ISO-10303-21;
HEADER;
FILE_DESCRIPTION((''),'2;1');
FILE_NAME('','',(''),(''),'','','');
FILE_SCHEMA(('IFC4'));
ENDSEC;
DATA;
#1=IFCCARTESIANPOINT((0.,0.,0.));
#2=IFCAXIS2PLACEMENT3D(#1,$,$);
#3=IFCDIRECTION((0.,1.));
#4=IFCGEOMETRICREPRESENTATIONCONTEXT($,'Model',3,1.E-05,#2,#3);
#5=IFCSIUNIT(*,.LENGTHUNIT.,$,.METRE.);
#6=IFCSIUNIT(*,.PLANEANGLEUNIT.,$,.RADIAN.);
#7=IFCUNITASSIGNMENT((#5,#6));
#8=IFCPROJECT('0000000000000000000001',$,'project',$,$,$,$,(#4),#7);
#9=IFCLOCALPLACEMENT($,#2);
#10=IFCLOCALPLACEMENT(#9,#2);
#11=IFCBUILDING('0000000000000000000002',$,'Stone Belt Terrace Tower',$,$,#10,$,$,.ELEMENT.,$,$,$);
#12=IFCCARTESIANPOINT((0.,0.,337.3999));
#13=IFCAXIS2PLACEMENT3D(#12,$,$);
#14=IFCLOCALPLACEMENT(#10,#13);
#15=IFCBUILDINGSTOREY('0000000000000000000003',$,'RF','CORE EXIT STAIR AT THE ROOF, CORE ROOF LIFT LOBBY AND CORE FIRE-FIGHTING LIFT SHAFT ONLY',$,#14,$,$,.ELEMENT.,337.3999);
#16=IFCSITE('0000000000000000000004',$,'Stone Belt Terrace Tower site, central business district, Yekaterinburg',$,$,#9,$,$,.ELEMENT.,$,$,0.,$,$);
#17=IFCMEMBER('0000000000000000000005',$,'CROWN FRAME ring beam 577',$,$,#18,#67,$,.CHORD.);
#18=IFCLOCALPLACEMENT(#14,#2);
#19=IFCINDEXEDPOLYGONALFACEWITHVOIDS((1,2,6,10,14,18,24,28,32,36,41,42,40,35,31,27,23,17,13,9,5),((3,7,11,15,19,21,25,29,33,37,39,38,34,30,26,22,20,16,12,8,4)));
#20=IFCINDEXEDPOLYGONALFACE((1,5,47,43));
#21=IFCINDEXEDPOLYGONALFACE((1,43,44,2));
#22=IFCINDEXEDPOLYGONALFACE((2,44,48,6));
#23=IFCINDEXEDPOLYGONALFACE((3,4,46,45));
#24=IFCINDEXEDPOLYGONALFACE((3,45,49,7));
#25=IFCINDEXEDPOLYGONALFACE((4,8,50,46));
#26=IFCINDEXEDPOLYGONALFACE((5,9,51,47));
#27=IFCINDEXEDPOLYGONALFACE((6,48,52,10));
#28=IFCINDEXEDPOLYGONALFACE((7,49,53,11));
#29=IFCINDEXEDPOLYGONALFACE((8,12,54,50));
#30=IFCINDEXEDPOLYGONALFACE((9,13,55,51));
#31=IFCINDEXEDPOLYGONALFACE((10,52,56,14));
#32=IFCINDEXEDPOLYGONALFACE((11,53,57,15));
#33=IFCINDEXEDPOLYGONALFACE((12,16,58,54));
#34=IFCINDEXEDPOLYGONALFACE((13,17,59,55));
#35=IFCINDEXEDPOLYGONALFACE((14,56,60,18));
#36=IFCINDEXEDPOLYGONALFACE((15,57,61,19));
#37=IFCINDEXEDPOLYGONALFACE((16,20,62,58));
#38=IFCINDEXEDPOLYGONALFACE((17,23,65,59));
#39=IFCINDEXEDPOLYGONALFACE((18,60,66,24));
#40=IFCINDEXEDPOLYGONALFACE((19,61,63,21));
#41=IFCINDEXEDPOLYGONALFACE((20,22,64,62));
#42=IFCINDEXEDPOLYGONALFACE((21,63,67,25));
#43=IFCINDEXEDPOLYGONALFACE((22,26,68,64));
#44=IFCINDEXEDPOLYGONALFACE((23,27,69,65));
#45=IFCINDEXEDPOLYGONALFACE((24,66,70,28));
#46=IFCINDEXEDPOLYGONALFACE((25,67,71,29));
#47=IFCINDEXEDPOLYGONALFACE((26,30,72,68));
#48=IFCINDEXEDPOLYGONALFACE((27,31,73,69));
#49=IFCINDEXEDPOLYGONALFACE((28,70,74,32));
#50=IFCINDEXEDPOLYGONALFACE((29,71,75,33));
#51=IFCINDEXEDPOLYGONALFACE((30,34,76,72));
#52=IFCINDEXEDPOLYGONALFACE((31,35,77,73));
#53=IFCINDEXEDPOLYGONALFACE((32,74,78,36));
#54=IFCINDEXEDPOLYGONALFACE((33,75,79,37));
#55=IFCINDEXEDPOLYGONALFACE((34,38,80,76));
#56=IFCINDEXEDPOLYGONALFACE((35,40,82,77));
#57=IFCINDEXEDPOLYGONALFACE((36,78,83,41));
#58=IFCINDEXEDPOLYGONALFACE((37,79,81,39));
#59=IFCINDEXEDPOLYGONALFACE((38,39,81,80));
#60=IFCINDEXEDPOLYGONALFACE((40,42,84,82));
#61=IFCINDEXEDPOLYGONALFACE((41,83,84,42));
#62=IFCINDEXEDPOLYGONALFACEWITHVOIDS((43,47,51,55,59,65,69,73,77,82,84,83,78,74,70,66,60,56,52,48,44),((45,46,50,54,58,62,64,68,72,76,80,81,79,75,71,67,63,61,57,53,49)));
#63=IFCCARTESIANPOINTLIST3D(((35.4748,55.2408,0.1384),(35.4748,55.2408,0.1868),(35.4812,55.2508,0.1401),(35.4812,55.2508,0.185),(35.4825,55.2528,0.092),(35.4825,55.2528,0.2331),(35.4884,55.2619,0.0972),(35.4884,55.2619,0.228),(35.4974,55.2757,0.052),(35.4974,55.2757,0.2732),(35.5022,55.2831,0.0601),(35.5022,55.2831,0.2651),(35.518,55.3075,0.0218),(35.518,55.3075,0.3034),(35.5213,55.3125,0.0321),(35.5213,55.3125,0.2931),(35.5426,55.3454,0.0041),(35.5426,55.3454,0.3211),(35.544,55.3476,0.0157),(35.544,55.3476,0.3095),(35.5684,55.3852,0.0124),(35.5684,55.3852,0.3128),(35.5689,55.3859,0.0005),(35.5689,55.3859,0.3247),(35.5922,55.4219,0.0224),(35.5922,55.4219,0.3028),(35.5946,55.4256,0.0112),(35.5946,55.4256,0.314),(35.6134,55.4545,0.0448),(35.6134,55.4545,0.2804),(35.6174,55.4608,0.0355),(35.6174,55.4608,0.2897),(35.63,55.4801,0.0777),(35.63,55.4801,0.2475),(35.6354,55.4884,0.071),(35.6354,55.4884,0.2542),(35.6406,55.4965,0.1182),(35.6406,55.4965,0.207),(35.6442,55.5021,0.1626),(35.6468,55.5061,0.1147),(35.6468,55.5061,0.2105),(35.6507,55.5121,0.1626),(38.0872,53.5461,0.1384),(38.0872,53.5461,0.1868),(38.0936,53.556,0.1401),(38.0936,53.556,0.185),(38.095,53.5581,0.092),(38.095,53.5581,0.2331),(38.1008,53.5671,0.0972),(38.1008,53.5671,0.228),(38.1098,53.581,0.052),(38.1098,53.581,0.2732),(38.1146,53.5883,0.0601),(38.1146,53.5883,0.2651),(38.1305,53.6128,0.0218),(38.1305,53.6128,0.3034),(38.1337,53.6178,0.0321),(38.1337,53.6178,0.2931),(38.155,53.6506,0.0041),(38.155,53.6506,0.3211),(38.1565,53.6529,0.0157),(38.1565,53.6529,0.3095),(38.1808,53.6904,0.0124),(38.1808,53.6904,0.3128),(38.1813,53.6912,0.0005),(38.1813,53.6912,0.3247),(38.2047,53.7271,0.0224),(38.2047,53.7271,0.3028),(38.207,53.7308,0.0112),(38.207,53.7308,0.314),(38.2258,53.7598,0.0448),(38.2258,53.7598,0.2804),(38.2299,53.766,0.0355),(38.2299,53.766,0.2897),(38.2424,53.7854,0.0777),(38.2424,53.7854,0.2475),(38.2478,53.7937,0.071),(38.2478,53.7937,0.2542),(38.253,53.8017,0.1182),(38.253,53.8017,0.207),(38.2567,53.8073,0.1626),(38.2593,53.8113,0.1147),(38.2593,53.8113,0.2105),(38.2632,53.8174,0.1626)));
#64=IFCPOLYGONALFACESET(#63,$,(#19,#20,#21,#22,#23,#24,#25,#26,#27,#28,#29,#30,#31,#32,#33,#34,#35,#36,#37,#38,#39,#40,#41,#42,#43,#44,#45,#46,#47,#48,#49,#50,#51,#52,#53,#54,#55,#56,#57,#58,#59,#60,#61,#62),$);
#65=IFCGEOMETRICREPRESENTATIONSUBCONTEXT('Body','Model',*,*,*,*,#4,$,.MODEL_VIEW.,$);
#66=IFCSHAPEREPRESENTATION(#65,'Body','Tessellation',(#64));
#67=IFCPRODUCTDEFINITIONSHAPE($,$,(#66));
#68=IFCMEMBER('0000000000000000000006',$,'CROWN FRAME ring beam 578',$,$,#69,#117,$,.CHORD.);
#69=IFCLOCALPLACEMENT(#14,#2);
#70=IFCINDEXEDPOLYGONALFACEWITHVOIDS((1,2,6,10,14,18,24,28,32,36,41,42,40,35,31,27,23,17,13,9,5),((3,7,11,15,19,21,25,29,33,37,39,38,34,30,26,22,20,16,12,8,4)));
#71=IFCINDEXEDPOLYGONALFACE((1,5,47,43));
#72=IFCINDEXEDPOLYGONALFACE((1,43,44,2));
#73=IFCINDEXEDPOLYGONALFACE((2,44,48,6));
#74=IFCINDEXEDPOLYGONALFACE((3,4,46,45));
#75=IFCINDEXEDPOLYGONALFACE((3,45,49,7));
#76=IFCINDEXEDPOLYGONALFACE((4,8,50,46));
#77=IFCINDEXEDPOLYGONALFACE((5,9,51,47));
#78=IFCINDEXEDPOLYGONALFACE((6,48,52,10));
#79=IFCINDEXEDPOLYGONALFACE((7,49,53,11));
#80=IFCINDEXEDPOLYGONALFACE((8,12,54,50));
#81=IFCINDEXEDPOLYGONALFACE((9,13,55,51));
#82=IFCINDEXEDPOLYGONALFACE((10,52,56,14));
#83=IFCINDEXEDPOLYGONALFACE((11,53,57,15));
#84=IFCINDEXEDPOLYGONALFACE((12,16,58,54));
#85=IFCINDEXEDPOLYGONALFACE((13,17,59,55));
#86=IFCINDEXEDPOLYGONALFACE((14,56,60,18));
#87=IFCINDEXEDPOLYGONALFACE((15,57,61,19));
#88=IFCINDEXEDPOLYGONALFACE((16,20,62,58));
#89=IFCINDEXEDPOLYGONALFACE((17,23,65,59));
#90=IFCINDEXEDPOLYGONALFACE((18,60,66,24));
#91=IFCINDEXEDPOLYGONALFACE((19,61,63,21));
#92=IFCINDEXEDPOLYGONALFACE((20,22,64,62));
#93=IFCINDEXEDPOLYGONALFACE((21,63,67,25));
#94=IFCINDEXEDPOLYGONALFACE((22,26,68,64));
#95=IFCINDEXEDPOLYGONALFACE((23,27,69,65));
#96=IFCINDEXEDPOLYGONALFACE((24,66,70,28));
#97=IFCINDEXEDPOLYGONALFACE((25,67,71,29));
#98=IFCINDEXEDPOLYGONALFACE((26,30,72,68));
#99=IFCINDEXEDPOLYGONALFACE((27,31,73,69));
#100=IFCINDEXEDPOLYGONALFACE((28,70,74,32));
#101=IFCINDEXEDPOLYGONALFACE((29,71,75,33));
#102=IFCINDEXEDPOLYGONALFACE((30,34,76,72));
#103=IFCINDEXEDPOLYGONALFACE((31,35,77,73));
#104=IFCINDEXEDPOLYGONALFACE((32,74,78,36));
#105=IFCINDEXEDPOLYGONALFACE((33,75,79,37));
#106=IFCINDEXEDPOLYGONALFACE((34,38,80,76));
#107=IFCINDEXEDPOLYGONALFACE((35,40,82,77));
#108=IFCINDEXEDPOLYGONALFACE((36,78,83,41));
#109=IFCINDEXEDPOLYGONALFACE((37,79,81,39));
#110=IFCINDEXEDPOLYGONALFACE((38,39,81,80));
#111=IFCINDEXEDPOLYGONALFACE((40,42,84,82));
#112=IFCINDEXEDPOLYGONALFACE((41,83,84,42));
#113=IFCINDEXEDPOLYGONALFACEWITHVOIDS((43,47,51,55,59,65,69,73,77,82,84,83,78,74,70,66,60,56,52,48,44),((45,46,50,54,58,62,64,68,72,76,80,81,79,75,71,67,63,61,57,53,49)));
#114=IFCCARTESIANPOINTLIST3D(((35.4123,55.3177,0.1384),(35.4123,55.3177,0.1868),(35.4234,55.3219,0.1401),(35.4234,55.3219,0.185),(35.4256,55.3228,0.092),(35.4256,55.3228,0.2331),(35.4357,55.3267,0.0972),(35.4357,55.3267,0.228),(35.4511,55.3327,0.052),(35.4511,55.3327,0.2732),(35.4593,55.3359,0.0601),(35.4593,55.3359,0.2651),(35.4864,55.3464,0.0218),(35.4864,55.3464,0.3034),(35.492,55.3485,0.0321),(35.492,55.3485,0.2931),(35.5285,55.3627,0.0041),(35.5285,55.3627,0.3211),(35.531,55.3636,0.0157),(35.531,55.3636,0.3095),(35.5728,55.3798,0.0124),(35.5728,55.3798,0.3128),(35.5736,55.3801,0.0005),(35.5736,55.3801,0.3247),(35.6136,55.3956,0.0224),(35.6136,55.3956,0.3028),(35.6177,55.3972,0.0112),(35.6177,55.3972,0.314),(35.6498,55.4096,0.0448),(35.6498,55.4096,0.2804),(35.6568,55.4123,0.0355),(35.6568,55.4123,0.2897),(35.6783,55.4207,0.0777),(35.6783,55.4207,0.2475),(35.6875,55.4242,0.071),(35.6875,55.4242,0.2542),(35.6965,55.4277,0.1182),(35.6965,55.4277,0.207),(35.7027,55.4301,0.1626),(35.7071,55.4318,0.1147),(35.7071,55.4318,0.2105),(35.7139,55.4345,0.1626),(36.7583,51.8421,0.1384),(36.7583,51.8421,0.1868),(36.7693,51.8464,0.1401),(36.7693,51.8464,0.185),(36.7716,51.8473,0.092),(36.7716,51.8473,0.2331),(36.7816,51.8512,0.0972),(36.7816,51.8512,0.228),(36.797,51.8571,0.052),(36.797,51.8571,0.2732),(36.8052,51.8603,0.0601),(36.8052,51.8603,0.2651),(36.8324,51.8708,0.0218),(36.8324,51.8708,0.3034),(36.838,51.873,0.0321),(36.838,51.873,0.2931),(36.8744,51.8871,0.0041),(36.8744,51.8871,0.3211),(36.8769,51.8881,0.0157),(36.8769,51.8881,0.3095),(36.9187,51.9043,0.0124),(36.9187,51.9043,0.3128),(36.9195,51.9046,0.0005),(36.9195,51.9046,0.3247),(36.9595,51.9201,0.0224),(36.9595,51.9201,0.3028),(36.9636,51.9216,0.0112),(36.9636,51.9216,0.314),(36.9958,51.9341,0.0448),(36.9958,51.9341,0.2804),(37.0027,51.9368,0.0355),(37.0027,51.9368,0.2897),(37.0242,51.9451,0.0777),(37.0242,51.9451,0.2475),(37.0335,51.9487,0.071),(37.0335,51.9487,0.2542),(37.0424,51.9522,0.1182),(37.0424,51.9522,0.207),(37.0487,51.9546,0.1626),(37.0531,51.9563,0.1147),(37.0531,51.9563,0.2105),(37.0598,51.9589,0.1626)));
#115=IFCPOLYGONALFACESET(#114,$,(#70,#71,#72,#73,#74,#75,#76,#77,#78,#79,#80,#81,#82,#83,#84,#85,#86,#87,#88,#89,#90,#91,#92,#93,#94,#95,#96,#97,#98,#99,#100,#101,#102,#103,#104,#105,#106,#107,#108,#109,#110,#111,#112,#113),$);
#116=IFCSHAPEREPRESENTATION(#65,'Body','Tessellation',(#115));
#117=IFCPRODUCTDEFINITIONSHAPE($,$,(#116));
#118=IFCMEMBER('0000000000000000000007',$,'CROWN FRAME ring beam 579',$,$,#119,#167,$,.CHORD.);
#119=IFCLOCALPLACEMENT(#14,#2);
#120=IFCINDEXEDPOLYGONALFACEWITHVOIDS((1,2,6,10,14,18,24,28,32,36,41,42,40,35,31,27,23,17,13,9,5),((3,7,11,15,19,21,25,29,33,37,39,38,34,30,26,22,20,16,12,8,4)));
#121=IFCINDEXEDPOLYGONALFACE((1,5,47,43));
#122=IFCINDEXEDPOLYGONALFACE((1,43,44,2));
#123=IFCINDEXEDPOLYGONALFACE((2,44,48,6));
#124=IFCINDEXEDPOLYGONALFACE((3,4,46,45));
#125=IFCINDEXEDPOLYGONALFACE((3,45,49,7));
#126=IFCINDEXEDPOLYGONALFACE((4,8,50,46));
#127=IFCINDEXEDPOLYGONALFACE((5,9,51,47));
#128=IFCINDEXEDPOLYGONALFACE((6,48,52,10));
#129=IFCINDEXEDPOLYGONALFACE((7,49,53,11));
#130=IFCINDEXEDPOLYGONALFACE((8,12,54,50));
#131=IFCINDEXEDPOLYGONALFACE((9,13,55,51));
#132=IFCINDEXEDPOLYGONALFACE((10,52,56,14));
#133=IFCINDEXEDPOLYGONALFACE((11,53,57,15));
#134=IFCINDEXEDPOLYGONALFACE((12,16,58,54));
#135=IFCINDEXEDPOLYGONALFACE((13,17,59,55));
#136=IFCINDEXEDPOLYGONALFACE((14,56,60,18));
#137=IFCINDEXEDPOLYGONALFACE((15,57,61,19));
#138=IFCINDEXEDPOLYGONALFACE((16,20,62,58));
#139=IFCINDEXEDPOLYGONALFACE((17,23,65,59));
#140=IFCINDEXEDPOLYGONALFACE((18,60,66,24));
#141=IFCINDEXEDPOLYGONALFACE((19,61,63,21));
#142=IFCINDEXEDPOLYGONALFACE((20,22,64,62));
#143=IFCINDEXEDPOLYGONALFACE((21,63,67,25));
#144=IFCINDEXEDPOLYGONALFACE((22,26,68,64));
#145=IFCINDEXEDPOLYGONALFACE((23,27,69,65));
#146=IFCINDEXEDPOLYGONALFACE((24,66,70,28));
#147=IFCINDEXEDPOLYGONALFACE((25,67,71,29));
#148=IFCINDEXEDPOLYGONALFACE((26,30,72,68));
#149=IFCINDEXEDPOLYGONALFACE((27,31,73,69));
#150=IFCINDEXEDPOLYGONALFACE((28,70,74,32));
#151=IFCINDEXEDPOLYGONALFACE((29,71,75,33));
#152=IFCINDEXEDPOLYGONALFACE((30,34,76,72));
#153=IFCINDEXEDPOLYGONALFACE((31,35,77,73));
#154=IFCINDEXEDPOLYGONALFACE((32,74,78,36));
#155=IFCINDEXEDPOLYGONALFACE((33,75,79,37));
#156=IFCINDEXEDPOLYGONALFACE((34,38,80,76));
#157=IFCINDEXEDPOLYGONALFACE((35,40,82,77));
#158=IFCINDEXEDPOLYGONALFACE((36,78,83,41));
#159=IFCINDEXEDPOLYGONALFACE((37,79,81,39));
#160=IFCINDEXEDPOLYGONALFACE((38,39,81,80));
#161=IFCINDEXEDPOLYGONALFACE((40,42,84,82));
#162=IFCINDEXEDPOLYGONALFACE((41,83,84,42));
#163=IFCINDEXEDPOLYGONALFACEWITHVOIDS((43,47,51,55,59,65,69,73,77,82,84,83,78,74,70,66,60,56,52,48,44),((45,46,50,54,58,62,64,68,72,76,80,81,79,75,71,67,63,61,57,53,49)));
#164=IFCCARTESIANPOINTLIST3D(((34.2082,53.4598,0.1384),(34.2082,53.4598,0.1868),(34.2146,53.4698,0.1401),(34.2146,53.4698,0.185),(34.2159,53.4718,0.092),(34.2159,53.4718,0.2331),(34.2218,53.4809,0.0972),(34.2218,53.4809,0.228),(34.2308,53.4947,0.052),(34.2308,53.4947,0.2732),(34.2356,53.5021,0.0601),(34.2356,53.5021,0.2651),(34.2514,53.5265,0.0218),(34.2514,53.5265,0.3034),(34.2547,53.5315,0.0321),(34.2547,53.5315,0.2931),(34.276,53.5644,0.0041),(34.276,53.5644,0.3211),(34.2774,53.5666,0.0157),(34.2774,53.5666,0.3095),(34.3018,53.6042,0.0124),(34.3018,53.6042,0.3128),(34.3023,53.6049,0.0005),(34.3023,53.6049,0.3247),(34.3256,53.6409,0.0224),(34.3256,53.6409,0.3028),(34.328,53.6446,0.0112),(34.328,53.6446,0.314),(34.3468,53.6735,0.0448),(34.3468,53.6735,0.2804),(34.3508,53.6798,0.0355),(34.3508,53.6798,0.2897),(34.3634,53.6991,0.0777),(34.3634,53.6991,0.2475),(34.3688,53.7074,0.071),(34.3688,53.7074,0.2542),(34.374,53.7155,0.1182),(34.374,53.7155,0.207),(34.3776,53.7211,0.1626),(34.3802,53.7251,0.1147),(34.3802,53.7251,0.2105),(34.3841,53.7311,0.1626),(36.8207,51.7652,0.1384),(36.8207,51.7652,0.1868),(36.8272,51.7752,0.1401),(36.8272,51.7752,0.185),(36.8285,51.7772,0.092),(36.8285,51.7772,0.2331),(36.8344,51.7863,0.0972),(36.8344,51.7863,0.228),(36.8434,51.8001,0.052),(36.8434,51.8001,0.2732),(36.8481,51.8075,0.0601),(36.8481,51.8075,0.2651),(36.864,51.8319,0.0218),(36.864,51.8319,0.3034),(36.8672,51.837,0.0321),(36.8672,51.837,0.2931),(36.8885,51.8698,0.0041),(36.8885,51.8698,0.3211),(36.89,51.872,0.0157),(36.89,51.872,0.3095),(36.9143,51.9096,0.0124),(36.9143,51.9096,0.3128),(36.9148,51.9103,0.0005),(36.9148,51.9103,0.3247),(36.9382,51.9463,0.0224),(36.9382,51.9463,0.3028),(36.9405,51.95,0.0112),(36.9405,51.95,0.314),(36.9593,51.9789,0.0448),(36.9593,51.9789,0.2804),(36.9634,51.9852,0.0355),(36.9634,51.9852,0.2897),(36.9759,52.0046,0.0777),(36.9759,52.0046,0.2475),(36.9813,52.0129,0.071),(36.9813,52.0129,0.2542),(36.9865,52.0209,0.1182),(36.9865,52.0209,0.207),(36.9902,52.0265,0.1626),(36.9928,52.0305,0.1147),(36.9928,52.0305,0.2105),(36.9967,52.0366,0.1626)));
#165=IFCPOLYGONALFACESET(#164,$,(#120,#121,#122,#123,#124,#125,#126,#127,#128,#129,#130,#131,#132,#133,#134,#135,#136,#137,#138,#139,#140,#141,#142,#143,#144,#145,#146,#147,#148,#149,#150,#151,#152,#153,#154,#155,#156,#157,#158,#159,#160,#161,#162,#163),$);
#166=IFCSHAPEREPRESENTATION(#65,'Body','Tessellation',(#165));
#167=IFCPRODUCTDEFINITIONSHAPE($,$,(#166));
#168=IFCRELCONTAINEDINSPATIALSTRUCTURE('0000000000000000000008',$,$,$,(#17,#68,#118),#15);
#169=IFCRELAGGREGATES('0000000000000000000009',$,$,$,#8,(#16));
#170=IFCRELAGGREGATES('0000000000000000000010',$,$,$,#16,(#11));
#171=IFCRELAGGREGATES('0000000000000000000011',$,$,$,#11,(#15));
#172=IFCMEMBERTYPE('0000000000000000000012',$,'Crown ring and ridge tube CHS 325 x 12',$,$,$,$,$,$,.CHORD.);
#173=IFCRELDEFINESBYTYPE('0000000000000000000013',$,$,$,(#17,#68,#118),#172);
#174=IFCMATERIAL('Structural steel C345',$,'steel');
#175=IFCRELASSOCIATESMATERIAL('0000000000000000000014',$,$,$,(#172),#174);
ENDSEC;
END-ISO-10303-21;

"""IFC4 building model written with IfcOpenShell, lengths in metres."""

from ifc_helpers import new_model, si_unit, direction, frame, origin, origin_2d, place, context, subcontext, project, spatial, hollow_circle, extrude, material, material_profile, profile_set, type_object, element, save


model = new_model("IFC4")

# Units and contexts
model_context = context("Model", 3, precision=1e-05, world=origin(), true_north=direction((0.0, 1.0)))
body_context = subcontext(model_context, "Body", "Model", "MODEL_VIEW")
ifc_project = project(units=[si_unit("LENGTHUNIT", "METRE"), si_unit("PLANEANGLEUNIT", "RADIAN")], contexts=[model_context])

# Site, building, storey
site_placement = place(None, origin())
site = spatial("IfcSite", under=ifc_project, at=site_placement, Name="Stone Belt Terrace Tower site, central business district, Yekaterinburg", CompositionType="ELEMENT", RefElevation=0.0)
building_placement = place(site_placement, origin())
building = spatial("IfcBuilding", under=site, at=building_placement, Name="Stone Belt Terrace Tower", CompositionType="ELEMENT")
storey_placement = place(building_placement, frame((0.0, 0.0, 337.3999)))
storey = spatial("IfcBuildingStorey", under=building, at=storey_placement, Name="RF", Description="CORE EXIT STAIR AT THE ROOF, CORE ROOF LIFT LOBBY AND CORE FIRE-FIGHTING LIFT SHAFT ONLY", CompositionType="ELEMENT", Elevation=337.3999)

# Members
ifc_material_1 = material(Name="Structural steel C345", Category="steel")
ifc_material_profile_1 = material_profile(ifc_material_1, hollow_circle(Radius=0.1626, WallThickness=0.012, at=origin_2d()), Name="Structural steel C345 CHS 325x12")
ifc_profile_set_1 = profile_set([ifc_material_profile_1], Name="Structural steel C345")
member_type_1 = type_object("IfcMemberType", Name="Crown ring and ridge tube CHS 325 x 12", PredefinedType="CHORD", material=ifc_profile_set_1)
member_1_placement = place(storey_placement, frame((35.5623, 55.3757, 0.1626), z_axis=(0.838932, -0.544236, 0.0), x_axis=(0.544236, 0.838932, 0.0)))
element("IfcMember", 1, at=member_1_placement, inside=storey, type_object=member_type_1, Name="CROWN FRAME ring beam 577", PredefinedType="CHORD", context=body_context, shape_type="SweptSolid", body=[
    extrude(hollow_circle(Radius=0.1626, WallThickness=0.012, at=origin_2d()), origin(), (0.0, 0.0, 1.0), 3.114),
])
member_2_placement = place(storey_placement, frame((35.5623, 55.3757, 0.1626), z_axis=(0.361125, -0.932518, 0.0), x_axis=(0.932518, 0.361125, 0.0)))
element("IfcMember", 2, at=member_2_placement, inside=storey, type_object=member_type_1, Name="CROWN FRAME ring beam 578", PredefinedType="CHORD", context=body_context, shape_type="SweptSolid", body=[
    extrude(hollow_circle(Radius=0.1626, WallThickness=0.012, at=origin_2d()), origin(), (0.0, 0.0, 1.0), 3.7271),
])
member_3_placement = place(storey_placement, frame((34.2957, 53.5947, 0.1626), z_axis=(0.838968, -0.544181, 0.0), x_axis=(0.544181, 0.838968, 0.0)))
element("IfcMember", 3, at=member_3_placement, inside=storey, type_object=member_type_1, Name="CROWN FRAME ring beam 579", PredefinedType="CHORD", context=body_context, shape_type="SweptSolid", body=[
    extrude(hollow_circle(Radius=0.1626, WallThickness=0.012, at=origin_2d()), origin(), (0.0, 0.0, 1.0), 3.114),
])

save(model, "model.ifc")
